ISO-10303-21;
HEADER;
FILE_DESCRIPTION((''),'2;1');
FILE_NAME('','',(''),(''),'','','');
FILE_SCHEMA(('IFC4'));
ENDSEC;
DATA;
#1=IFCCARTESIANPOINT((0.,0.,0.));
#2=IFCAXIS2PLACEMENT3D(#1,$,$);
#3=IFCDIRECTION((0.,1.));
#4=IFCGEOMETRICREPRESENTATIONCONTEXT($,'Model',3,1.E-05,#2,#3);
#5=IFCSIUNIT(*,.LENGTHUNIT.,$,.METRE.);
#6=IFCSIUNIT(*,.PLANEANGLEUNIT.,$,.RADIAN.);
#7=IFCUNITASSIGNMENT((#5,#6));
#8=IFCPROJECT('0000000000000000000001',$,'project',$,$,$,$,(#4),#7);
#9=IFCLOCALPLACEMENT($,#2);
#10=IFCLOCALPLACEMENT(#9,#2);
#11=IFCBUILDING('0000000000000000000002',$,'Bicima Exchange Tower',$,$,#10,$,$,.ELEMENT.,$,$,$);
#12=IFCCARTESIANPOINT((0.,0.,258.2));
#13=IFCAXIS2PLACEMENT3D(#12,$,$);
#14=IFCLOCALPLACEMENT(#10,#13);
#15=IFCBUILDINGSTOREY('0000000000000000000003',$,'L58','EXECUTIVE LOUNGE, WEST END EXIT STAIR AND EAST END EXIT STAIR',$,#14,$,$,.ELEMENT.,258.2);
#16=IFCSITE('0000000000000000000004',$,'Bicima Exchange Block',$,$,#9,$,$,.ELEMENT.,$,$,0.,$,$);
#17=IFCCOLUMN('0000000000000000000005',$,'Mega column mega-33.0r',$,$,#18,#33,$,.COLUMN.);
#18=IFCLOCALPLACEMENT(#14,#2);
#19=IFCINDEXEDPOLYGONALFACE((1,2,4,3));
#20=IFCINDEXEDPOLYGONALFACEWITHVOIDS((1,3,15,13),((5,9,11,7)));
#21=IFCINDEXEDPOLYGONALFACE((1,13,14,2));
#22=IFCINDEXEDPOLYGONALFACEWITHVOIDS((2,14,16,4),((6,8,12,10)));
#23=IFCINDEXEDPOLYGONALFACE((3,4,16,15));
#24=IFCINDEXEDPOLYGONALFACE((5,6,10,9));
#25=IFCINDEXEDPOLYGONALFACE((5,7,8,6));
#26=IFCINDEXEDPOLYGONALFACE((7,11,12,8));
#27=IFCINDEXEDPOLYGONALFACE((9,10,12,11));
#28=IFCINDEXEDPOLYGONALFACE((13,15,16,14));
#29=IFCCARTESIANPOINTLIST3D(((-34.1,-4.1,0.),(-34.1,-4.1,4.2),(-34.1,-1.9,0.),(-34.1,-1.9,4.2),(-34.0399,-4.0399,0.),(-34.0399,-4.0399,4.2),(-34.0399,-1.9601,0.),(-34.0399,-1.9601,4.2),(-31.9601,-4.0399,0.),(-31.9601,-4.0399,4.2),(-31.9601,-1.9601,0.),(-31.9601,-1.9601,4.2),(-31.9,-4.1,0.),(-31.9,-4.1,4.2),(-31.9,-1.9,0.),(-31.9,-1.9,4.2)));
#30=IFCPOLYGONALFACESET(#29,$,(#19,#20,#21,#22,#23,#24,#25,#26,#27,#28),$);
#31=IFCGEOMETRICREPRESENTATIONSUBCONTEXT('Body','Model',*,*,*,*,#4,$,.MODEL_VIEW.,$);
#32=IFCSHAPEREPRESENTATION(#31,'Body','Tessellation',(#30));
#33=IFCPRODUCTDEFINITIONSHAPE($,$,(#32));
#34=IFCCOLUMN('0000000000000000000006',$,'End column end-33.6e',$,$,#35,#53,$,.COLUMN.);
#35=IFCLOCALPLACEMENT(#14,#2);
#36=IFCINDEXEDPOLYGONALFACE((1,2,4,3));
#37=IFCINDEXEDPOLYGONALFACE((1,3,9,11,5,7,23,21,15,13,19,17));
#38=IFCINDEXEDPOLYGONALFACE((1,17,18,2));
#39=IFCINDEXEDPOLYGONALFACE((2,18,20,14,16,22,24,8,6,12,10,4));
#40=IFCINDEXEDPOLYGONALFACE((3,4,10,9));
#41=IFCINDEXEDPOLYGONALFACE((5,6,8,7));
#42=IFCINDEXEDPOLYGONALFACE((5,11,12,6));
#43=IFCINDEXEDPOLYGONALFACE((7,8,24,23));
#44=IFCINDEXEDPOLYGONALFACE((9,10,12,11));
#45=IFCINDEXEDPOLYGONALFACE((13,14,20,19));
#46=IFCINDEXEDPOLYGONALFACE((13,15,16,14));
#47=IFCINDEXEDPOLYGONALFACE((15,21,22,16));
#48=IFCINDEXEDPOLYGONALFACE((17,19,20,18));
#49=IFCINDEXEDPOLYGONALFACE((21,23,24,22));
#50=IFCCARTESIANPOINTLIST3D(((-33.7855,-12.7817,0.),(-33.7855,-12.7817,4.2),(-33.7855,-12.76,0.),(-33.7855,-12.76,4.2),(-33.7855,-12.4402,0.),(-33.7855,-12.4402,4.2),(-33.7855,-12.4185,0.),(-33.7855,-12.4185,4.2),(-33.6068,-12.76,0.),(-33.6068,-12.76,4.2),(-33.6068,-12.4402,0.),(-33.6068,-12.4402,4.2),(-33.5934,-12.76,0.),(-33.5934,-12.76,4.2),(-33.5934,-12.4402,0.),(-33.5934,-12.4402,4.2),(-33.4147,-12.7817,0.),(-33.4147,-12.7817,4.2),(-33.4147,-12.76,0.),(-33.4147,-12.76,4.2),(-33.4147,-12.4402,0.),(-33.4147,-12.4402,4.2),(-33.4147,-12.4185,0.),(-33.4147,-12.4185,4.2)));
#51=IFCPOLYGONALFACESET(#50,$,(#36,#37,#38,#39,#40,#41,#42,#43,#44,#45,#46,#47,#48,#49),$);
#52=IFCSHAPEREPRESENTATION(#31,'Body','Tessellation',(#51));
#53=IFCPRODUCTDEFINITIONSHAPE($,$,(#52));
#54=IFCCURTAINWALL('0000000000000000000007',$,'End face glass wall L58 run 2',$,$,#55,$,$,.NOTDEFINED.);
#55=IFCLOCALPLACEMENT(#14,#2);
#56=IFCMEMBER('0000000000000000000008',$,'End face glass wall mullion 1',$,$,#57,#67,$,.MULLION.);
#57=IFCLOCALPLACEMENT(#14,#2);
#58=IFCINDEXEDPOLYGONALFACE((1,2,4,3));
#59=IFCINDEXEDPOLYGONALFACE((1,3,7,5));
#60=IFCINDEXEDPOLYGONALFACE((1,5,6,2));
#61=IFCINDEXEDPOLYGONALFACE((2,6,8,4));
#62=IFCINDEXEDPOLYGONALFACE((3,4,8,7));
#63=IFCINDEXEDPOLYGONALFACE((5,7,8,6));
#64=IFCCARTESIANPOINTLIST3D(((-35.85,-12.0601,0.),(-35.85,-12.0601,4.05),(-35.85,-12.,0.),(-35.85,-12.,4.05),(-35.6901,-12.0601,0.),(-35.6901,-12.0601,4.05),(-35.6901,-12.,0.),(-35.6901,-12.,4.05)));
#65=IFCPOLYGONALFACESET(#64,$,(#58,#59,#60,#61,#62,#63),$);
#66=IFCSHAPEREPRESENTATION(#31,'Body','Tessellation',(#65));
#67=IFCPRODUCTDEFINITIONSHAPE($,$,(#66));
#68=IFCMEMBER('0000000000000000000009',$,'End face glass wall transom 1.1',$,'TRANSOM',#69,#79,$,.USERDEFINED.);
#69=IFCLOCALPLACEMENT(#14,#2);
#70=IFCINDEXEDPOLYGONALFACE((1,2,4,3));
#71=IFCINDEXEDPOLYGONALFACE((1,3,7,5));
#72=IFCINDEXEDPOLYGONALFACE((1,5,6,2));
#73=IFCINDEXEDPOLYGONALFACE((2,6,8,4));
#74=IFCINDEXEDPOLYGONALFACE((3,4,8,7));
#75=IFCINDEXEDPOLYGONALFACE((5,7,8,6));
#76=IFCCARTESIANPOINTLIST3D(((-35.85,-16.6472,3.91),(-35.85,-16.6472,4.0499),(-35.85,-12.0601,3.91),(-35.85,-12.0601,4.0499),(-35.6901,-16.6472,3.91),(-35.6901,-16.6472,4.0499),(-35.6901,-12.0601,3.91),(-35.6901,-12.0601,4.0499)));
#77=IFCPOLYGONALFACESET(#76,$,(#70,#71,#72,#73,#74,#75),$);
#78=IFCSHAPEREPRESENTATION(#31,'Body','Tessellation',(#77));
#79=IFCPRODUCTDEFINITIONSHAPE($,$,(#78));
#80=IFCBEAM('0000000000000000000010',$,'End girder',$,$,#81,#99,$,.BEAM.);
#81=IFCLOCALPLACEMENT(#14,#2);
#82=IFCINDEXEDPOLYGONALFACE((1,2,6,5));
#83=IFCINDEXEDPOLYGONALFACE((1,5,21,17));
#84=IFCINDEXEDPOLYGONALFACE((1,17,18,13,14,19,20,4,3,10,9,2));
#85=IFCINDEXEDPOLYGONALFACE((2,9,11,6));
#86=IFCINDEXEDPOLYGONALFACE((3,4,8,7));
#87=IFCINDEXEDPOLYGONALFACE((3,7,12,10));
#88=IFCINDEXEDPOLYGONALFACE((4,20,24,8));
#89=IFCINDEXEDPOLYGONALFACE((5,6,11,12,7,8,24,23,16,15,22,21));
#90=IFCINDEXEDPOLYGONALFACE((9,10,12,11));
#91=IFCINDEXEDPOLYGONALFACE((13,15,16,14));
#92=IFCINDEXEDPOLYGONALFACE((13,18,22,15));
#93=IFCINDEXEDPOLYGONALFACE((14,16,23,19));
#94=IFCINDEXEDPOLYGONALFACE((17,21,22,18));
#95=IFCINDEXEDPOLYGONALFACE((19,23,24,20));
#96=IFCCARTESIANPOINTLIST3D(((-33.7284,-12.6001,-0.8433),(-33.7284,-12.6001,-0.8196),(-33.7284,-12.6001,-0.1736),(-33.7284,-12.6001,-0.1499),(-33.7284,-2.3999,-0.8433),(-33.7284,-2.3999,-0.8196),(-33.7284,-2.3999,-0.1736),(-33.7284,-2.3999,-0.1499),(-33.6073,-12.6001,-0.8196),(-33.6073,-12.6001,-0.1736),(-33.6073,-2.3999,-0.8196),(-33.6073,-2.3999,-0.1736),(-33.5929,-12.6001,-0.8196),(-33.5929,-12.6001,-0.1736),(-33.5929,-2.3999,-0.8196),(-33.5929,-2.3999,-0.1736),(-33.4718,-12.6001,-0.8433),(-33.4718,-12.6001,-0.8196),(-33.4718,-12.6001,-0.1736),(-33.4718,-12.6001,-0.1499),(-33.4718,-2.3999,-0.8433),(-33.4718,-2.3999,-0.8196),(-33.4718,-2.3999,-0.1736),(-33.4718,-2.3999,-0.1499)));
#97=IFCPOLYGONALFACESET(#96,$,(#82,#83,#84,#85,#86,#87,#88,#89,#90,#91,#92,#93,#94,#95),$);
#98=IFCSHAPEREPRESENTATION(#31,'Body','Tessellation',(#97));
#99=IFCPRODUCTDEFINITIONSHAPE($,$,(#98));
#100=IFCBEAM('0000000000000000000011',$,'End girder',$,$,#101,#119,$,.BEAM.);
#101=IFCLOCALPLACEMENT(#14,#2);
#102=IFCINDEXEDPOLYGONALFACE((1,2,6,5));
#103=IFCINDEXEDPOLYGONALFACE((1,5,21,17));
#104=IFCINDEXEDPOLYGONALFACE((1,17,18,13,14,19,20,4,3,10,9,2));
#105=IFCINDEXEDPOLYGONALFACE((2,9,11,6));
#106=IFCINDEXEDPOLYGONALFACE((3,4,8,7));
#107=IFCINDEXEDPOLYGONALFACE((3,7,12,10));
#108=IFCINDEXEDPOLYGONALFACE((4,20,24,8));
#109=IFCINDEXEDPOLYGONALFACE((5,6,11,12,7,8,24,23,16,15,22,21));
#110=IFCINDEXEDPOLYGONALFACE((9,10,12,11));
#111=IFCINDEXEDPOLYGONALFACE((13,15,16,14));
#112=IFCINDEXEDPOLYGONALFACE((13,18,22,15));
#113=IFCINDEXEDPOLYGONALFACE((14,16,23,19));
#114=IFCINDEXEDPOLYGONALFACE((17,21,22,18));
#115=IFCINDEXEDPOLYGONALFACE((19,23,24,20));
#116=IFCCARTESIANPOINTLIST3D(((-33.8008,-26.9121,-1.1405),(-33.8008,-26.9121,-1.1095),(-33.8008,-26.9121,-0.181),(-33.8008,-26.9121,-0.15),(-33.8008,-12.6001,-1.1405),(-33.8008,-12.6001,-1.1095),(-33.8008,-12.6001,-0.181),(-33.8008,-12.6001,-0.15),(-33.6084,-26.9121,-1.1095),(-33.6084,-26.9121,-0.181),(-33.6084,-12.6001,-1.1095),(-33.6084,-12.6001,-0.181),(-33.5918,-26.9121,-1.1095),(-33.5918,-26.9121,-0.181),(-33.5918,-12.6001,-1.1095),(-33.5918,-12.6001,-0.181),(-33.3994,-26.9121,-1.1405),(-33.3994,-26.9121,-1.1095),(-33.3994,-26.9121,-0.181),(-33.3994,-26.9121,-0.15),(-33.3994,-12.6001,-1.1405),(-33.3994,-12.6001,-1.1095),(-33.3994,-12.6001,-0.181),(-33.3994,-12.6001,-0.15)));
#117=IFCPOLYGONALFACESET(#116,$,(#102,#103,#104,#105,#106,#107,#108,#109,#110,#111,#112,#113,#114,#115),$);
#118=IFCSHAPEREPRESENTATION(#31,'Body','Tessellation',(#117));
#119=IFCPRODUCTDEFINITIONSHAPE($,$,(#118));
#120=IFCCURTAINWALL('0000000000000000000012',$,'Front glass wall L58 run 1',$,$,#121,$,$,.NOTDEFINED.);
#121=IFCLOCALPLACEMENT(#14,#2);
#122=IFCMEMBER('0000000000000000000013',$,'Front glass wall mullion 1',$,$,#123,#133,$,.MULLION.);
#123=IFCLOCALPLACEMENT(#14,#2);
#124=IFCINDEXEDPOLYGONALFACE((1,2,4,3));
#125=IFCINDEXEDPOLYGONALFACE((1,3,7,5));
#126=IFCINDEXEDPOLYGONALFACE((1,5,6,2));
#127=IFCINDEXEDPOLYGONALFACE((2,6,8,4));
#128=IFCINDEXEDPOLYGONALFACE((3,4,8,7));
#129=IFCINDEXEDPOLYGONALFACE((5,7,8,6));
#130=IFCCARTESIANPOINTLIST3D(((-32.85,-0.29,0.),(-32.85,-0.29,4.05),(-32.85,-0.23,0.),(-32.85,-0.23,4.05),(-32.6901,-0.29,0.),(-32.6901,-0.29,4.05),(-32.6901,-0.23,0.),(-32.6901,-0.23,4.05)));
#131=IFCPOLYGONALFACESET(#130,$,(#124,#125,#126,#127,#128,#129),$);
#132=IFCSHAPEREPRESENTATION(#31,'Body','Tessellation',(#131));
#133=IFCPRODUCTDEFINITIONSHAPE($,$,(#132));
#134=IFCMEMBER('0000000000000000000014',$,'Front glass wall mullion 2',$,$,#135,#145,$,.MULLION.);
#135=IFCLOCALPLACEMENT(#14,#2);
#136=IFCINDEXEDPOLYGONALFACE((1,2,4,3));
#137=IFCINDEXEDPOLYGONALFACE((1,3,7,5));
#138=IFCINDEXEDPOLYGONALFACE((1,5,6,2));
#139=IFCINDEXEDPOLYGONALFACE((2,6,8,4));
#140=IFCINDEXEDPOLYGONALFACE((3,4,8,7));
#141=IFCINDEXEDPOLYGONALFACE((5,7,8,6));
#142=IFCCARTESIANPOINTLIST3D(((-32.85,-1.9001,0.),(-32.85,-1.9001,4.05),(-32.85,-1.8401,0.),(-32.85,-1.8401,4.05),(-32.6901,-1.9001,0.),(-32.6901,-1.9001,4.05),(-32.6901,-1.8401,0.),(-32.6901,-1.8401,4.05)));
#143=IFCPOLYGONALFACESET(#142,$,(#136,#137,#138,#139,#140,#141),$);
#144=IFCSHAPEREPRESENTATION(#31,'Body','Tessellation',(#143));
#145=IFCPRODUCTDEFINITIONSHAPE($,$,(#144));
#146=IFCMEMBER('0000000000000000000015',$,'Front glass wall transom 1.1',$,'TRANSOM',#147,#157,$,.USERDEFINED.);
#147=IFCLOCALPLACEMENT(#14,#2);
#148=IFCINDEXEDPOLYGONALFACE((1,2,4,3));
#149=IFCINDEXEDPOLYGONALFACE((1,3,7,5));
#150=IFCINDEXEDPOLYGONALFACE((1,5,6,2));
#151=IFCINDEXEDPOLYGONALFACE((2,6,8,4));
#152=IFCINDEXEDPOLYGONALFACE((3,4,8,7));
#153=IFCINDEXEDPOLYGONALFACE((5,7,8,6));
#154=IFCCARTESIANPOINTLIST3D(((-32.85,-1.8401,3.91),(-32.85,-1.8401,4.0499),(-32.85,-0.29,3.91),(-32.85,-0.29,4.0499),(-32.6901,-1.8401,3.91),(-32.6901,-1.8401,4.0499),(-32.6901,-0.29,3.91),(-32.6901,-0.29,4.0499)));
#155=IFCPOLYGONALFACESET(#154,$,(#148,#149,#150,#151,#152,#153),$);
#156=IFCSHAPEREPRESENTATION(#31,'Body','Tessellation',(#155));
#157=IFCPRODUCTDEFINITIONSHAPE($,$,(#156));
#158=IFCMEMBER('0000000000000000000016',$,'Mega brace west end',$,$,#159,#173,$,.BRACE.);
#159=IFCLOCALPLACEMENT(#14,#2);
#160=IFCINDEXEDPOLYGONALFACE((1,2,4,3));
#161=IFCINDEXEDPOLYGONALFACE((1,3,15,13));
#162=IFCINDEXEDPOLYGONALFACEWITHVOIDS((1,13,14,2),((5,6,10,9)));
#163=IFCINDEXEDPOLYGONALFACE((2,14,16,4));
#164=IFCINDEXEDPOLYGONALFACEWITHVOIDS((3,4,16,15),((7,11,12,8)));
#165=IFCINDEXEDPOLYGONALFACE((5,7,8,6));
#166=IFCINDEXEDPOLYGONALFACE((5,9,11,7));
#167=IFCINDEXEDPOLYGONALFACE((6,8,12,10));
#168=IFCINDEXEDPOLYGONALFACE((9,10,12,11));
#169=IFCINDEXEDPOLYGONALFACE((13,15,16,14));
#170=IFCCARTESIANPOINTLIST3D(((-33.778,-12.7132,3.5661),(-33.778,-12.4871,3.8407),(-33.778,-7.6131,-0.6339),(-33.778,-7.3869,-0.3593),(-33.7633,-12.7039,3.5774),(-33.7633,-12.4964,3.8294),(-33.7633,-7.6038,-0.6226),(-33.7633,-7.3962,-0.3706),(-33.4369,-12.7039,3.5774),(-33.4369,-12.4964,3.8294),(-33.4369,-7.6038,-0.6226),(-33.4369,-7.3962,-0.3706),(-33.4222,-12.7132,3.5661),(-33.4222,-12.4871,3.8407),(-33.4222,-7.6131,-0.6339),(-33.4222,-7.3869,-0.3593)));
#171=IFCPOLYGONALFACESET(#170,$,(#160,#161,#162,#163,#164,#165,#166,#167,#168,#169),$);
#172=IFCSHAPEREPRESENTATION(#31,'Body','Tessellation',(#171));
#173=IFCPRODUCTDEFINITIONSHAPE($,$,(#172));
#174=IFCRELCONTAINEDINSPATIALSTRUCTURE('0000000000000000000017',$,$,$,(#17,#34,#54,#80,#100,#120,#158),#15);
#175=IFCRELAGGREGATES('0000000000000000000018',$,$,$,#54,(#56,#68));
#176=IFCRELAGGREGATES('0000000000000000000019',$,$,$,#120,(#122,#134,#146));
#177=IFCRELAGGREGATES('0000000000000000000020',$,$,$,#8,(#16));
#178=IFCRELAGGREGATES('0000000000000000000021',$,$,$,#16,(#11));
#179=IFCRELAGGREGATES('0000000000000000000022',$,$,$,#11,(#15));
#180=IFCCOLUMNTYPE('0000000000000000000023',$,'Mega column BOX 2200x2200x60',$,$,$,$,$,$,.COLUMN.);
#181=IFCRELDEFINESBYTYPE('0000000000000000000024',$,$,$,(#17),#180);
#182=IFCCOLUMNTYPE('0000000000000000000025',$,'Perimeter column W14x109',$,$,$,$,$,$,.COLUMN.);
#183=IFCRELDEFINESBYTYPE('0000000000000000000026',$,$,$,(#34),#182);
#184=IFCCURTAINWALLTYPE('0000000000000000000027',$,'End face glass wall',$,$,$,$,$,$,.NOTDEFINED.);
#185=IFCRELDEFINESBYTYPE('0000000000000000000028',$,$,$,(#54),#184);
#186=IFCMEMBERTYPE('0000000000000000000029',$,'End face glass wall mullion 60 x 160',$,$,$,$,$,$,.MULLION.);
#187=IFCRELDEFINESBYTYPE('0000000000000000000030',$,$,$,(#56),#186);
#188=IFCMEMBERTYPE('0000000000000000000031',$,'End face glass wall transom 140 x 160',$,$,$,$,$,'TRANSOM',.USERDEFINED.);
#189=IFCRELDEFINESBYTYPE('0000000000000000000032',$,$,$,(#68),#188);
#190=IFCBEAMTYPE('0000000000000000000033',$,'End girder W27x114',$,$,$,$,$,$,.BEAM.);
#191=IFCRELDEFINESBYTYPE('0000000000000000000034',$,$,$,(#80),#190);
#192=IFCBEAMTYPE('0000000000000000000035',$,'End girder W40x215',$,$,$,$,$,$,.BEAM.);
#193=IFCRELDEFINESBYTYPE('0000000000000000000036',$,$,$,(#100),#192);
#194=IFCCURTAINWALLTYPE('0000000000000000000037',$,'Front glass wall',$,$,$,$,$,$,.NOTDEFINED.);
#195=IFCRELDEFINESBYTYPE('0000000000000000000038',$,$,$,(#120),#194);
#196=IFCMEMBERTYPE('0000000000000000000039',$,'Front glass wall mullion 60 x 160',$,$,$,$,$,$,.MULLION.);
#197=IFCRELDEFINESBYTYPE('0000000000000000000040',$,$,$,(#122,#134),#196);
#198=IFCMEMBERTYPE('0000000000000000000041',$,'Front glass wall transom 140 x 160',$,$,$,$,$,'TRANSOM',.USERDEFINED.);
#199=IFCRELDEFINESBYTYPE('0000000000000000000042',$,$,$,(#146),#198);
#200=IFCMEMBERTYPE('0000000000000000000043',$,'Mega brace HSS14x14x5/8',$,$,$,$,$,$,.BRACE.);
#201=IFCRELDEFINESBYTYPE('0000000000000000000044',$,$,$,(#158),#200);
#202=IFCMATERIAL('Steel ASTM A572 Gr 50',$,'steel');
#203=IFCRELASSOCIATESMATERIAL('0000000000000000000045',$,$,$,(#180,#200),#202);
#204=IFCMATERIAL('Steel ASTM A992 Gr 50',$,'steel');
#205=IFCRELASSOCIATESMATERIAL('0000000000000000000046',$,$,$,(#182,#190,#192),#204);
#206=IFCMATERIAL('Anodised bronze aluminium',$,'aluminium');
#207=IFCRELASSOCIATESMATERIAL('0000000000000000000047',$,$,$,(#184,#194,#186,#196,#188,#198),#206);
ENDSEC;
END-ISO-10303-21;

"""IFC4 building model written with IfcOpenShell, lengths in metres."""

from ifc_helpers import new_model, si_unit, direction, frame, origin, origin_2d, place, context, subcontext, project, spatial, rectangle, hollow_rectangle, i_section, extrude, material, material_profile, profile_set, type_object, element, aggregate, save


model = new_model("IFC4")

# Units and contexts
model_context = context("Model", 3, precision=1e-05, world=origin(), true_north=direction((0.0, 1.0)))
body_context = subcontext(model_context, "Body", "Model", "MODEL_VIEW")
ifc_project = project(units=[si_unit("LENGTHUNIT", "METRE"), si_unit("PLANEANGLEUNIT", "RADIAN")], contexts=[model_context])

# Site, building, storey
site_placement = place(None, origin())
site = spatial("IfcSite", under=ifc_project, at=site_placement, Name="Bicima Exchange Block", CompositionType="ELEMENT", RefElevation=0.0)
building_placement = place(site_placement, origin())
building = spatial("IfcBuilding", under=site, at=building_placement, Name="Bicima Exchange Tower", CompositionType="ELEMENT")
storey_placement = place(building_placement, frame((0.0, 0.0, 258.2)))
storey = spatial("IfcBuildingStorey", under=building, at=storey_placement, Name="L58", Description="EXECUTIVE LOUNGE, WEST END EXIT STAIR AND EAST END EXIT STAIR", CompositionType="ELEMENT", Elevation=258.2)

# Columns
ifc_material_1 = material(Name="Steel ASTM A572 Gr 50", Category="steel")
ifc_material_profile_1 = material_profile(ifc_material_1, hollow_rectangle(XDim=2.2, YDim=2.2, WallThickness=0.0601, at=origin_2d()))
ifc_profile_set_1 = profile_set([ifc_material_profile_1], Name="Steel ASTM A572 Gr 50")
column_type_1 = type_object("IfcColumnType", Name="Mega column BOX 2200x2200x60", PredefinedType="COLUMN", material=ifc_profile_set_1)
column_1_placement = place(storey_placement, frame((-33.0, -3.0, 0.0), z_axis=(0.0, 0.0, 1.0), x_axis=(1.0, 0.0, 0.0)))
element("IfcColumn", 1, at=column_1_placement, inside=storey, type_object=column_type_1, Name="Mega column mega-33.0r", PredefinedType="COLUMN", context=body_context, shape_type="SweptSolid", body=[
    extrude(hollow_rectangle(XDim=2.2, YDim=2.2, WallThickness=0.0601, at=origin_2d()), origin(), (0.0, 0.0, 1.0), 4.2),
])
ifc_material_2 = material(Name="Steel ASTM A992 Gr 50", Category="steel")
ifc_material_profile_2 = material_profile(ifc_material_2, i_section(OverallWidth=0.3708, OverallDepth=0.3633, WebThickness=0.0134, FlangeThickness=0.0217, at=origin_2d()))
ifc_profile_set_2 = profile_set([ifc_material_profile_2], Name="Steel ASTM A992 Gr 50")
column_type_2 = type_object("IfcColumnType", Name="Perimeter column W14x109", PredefinedType="COLUMN", material=ifc_profile_set_2)
column_2_placement = place(storey_placement, frame((-33.6001, -12.6001, 0.0), z_axis=(0.0, 0.0, 1.0), x_axis=(1.0, 0.0, 0.0)))
element("IfcColumn", 2, at=column_2_placement, inside=storey, type_object=column_type_2, Name="End column end-33.6e", PredefinedType="COLUMN", context=body_context, shape_type="SweptSolid", body=[
    extrude(i_section(OverallWidth=0.3708, OverallDepth=0.3633, WebThickness=0.0134, FlangeThickness=0.0217, at=origin_2d()), origin(), (0.0, 0.0, 1.0), 4.2),
])

# Curtain wall, members
ifc_material_3 = material(Name="Anodised bronze aluminium", Category="aluminium")
curtain_wall_type_1 = type_object("IfcCurtainWallType", Name="End face glass wall", PredefinedType="NOTDEFINED", material=ifc_material_3)
curtain_wall_1_placement = place(storey_placement, origin())
curtain_wall_1 = element("IfcCurtainWall", 3, at=curtain_wall_1_placement, inside=storey, type_object=curtain_wall_type_1, Name="End face glass wall L58 run 2", PredefinedType="NOTDEFINED")
ifc_material_profile_3 = material_profile(ifc_material_3, rectangle(XDim=0.1599, YDim=0.0601, at=origin_2d()))
ifc_profile_set_3 = profile_set([ifc_material_profile_3], Name="Anodised bronze aluminium")
member_type_1 = type_object("IfcMemberType", Name="End face glass wall mullion 60 x 160", PredefinedType="MULLION", material=ifc_profile_set_3)
member_1_placement = place(storey_placement, frame((-35.77, -12.03, 0.0), z_axis=(0.0, 0.0, 1.0), x_axis=(1.0, 0.0, 0.0)))
member_1 = element("IfcMember", 4, at=member_1_placement, type_object=member_type_1, Name="End face glass wall mullion 1", PredefinedType="MULLION", context=body_context, shape_type="SweptSolid", body=[
    extrude(rectangle(XDim=0.1599, YDim=0.0601, at=origin_2d()), origin(), (0.0, 0.0, 1.0), 4.05),
])
ifc_material_profile_4 = material_profile(ifc_material_3, rectangle(XDim=0.1599, YDim=0.1399, at=origin_2d()))
ifc_profile_set_4 = profile_set([ifc_material_profile_4], Name="Anodised bronze aluminium")
member_type_2 = type_object("IfcMemberType", Name="End face glass wall transom 140 x 160", ElementType="TRANSOM", PredefinedType="USERDEFINED", material=ifc_profile_set_4)
member_2_placement = place(storey_placement, frame((-35.77, -12.0601, 3.98), z_axis=(0.0, -1.0, 0.0), x_axis=(1.0, 0.0, 0.0)))
member_2 = element("IfcMember", 5, at=member_2_placement, type_object=member_type_2, Name="End face glass wall transom 1.1", ObjectType="TRANSOM", PredefinedType="USERDEFINED", context=body_context, shape_type="SweptSolid", body=[
    extrude(rectangle(XDim=0.1599, YDim=0.1399, at=origin_2d()), origin(), (0.0, 0.0, 1.0), 4.5872),
])
aggregate(curtain_wall_1, [member_1, member_2])

# Beams
ifc_material_profile_5 = material_profile(ifc_material_2, i_section(OverallWidth=0.2566, OverallDepth=0.6934, WebThickness=0.0144, FlangeThickness=0.0237, at=origin_2d()))
ifc_profile_set_5 = profile_set([ifc_material_profile_5], Name="Steel ASTM A992 Gr 50")
beam_type_1 = type_object("IfcBeamType", Name="End girder W27x114", PredefinedType="BEAM", material=ifc_profile_set_5)
beam_1_placement = place(storey_placement, frame((-33.6001, -2.3999, -0.4966), z_axis=(0.0, -1.0, 0.0), x_axis=(1.0, 0.0, 0.0)))
element("IfcBeam", 6, at=beam_1_placement, inside=storey, type_object=beam_type_1, Name="End girder", PredefinedType="BEAM", context=body_context, shape_type="SweptSolid", body=[
    extrude(i_section(OverallWidth=0.2566, OverallDepth=0.6934, WebThickness=0.0144, FlangeThickness=0.0237, at=origin_2d()), origin(), (0.0, 0.0, 1.0), 10.2002),
])
ifc_material_profile_6 = material_profile(ifc_material_2, i_section(OverallWidth=0.4014, OverallDepth=0.9905, WebThickness=0.0166, FlangeThickness=0.031, at=origin_2d()))
ifc_profile_set_6 = profile_set([ifc_material_profile_6], Name="Steel ASTM A992 Gr 50")
beam_type_2 = type_object("IfcBeamType", Name="End girder W40x215", PredefinedType="BEAM", material=ifc_profile_set_6)
beam_2_placement = place(storey_placement, frame((-33.6001, -12.6001, -0.6453), z_axis=(0.0, -1.0, 0.0), x_axis=(1.0, 0.0, 0.0)))
element("IfcBeam", 7, at=beam_2_placement, inside=storey, type_object=beam_type_2, Name="End girder", PredefinedType="BEAM", context=body_context, shape_type="SweptSolid", body=[
    extrude(i_section(OverallWidth=0.4014, OverallDepth=0.9905, WebThickness=0.0166, FlangeThickness=0.031, at=origin_2d()), origin(), (0.0, 0.0, 1.0), 14.312),
])

# Curtain wall, members
curtain_wall_type_2 = type_object("IfcCurtainWallType", Name="Front glass wall", PredefinedType="NOTDEFINED", material=ifc_material_3)
curtain_wall_2_placement = place(storey_placement, origin())
curtain_wall_2 = element("IfcCurtainWall", 8, at=curtain_wall_2_placement, inside=storey, type_object=curtain_wall_type_2, Name="Front glass wall L58 run 1", PredefinedType="NOTDEFINED")
member_type_3 = type_object("IfcMemberType", Name="Front glass wall mullion 60 x 160", PredefinedType="MULLION", material=ifc_profile_set_3)
member_3_placement = place(storey_placement, frame((-32.77, -0.26, 0.0), z_axis=(0.0, 0.0, 1.0), x_axis=(1.0, 0.0, 0.0)))
member_3 = element("IfcMember", 9, at=member_3_placement, type_object=member_type_3, Name="Front glass wall mullion 1", PredefinedType="MULLION", context=body_context, shape_type="SweptSolid", body=[
    extrude(rectangle(XDim=0.1599, YDim=0.0601, at=origin_2d()), origin(), (0.0, 0.0, 1.0), 4.05),
])
member_4_placement = place(storey_placement, frame((-32.77, -1.8701, 0.0), z_axis=(0.0, 0.0, 1.0), x_axis=(1.0, 0.0, 0.0)))
member_4 = element("IfcMember", 10, at=member_4_placement, type_object=member_type_3, Name="Front glass wall mullion 2", PredefinedType="MULLION", context=body_context, shape_type="SweptSolid", body=[
    extrude(rectangle(XDim=0.1599, YDim=0.0601, at=origin_2d()), origin(), (0.0, 0.0, 1.0), 4.05),
])
member_type_4 = type_object("IfcMemberType", Name="Front glass wall transom 140 x 160", ElementType="TRANSOM", PredefinedType="USERDEFINED", material=ifc_profile_set_4)
member_5_placement = place(storey_placement, frame((-32.77, -0.29, 3.98), z_axis=(0.0, -1.0, 0.0), x_axis=(1.0, 0.0, 0.0)))
member_5 = element("IfcMember", 11, at=member_5_placement, type_object=member_type_4, Name="Front glass wall transom 1.1", ObjectType="TRANSOM", PredefinedType="USERDEFINED", context=body_context, shape_type="SweptSolid", body=[
    extrude(rectangle(XDim=0.1599, YDim=0.1399, at=origin_2d()), origin(), (0.0, 0.0, 1.0), 1.55),
])

# Member
ifc_material_profile_7 = material_profile(ifc_material_1, hollow_rectangle(XDim=0.3557, YDim=0.3557, WallThickness=0.0146, at=origin_2d()))
ifc_profile_set_7 = profile_set([ifc_material_profile_7], Name="Steel ASTM A572 Gr 50")
member_type_5 = type_object("IfcMemberType", Name="Mega brace HSS14x14x5/8", PredefinedType="BRACE", material=ifc_profile_set_7)
for number, where, z_axis, x_axis, name in (
    (12, (-33.6001, -7.5, -0.4966), (0.0, -0.77194, 0.635696), (1.0, 0.0, 0.0), "Mega brace west end"),
):
    element("IfcMember", number, at=place(storey_placement, frame(where, z_axis=z_axis, x_axis=x_axis)), inside=storey, type_object=member_type_5, Name=name, PredefinedType="BRACE", context=body_context, shape_type="SweptSolid", body=[
        extrude(hollow_rectangle(XDim=0.3557, YDim=0.3557, WallThickness=0.0146, at=origin_2d()), origin(), (0.0, 0.0, 1.0), 6.6069),
    ])

aggregate(curtain_wall_2, [member_3, member_4, member_5])

save(model, "model.ifc")
